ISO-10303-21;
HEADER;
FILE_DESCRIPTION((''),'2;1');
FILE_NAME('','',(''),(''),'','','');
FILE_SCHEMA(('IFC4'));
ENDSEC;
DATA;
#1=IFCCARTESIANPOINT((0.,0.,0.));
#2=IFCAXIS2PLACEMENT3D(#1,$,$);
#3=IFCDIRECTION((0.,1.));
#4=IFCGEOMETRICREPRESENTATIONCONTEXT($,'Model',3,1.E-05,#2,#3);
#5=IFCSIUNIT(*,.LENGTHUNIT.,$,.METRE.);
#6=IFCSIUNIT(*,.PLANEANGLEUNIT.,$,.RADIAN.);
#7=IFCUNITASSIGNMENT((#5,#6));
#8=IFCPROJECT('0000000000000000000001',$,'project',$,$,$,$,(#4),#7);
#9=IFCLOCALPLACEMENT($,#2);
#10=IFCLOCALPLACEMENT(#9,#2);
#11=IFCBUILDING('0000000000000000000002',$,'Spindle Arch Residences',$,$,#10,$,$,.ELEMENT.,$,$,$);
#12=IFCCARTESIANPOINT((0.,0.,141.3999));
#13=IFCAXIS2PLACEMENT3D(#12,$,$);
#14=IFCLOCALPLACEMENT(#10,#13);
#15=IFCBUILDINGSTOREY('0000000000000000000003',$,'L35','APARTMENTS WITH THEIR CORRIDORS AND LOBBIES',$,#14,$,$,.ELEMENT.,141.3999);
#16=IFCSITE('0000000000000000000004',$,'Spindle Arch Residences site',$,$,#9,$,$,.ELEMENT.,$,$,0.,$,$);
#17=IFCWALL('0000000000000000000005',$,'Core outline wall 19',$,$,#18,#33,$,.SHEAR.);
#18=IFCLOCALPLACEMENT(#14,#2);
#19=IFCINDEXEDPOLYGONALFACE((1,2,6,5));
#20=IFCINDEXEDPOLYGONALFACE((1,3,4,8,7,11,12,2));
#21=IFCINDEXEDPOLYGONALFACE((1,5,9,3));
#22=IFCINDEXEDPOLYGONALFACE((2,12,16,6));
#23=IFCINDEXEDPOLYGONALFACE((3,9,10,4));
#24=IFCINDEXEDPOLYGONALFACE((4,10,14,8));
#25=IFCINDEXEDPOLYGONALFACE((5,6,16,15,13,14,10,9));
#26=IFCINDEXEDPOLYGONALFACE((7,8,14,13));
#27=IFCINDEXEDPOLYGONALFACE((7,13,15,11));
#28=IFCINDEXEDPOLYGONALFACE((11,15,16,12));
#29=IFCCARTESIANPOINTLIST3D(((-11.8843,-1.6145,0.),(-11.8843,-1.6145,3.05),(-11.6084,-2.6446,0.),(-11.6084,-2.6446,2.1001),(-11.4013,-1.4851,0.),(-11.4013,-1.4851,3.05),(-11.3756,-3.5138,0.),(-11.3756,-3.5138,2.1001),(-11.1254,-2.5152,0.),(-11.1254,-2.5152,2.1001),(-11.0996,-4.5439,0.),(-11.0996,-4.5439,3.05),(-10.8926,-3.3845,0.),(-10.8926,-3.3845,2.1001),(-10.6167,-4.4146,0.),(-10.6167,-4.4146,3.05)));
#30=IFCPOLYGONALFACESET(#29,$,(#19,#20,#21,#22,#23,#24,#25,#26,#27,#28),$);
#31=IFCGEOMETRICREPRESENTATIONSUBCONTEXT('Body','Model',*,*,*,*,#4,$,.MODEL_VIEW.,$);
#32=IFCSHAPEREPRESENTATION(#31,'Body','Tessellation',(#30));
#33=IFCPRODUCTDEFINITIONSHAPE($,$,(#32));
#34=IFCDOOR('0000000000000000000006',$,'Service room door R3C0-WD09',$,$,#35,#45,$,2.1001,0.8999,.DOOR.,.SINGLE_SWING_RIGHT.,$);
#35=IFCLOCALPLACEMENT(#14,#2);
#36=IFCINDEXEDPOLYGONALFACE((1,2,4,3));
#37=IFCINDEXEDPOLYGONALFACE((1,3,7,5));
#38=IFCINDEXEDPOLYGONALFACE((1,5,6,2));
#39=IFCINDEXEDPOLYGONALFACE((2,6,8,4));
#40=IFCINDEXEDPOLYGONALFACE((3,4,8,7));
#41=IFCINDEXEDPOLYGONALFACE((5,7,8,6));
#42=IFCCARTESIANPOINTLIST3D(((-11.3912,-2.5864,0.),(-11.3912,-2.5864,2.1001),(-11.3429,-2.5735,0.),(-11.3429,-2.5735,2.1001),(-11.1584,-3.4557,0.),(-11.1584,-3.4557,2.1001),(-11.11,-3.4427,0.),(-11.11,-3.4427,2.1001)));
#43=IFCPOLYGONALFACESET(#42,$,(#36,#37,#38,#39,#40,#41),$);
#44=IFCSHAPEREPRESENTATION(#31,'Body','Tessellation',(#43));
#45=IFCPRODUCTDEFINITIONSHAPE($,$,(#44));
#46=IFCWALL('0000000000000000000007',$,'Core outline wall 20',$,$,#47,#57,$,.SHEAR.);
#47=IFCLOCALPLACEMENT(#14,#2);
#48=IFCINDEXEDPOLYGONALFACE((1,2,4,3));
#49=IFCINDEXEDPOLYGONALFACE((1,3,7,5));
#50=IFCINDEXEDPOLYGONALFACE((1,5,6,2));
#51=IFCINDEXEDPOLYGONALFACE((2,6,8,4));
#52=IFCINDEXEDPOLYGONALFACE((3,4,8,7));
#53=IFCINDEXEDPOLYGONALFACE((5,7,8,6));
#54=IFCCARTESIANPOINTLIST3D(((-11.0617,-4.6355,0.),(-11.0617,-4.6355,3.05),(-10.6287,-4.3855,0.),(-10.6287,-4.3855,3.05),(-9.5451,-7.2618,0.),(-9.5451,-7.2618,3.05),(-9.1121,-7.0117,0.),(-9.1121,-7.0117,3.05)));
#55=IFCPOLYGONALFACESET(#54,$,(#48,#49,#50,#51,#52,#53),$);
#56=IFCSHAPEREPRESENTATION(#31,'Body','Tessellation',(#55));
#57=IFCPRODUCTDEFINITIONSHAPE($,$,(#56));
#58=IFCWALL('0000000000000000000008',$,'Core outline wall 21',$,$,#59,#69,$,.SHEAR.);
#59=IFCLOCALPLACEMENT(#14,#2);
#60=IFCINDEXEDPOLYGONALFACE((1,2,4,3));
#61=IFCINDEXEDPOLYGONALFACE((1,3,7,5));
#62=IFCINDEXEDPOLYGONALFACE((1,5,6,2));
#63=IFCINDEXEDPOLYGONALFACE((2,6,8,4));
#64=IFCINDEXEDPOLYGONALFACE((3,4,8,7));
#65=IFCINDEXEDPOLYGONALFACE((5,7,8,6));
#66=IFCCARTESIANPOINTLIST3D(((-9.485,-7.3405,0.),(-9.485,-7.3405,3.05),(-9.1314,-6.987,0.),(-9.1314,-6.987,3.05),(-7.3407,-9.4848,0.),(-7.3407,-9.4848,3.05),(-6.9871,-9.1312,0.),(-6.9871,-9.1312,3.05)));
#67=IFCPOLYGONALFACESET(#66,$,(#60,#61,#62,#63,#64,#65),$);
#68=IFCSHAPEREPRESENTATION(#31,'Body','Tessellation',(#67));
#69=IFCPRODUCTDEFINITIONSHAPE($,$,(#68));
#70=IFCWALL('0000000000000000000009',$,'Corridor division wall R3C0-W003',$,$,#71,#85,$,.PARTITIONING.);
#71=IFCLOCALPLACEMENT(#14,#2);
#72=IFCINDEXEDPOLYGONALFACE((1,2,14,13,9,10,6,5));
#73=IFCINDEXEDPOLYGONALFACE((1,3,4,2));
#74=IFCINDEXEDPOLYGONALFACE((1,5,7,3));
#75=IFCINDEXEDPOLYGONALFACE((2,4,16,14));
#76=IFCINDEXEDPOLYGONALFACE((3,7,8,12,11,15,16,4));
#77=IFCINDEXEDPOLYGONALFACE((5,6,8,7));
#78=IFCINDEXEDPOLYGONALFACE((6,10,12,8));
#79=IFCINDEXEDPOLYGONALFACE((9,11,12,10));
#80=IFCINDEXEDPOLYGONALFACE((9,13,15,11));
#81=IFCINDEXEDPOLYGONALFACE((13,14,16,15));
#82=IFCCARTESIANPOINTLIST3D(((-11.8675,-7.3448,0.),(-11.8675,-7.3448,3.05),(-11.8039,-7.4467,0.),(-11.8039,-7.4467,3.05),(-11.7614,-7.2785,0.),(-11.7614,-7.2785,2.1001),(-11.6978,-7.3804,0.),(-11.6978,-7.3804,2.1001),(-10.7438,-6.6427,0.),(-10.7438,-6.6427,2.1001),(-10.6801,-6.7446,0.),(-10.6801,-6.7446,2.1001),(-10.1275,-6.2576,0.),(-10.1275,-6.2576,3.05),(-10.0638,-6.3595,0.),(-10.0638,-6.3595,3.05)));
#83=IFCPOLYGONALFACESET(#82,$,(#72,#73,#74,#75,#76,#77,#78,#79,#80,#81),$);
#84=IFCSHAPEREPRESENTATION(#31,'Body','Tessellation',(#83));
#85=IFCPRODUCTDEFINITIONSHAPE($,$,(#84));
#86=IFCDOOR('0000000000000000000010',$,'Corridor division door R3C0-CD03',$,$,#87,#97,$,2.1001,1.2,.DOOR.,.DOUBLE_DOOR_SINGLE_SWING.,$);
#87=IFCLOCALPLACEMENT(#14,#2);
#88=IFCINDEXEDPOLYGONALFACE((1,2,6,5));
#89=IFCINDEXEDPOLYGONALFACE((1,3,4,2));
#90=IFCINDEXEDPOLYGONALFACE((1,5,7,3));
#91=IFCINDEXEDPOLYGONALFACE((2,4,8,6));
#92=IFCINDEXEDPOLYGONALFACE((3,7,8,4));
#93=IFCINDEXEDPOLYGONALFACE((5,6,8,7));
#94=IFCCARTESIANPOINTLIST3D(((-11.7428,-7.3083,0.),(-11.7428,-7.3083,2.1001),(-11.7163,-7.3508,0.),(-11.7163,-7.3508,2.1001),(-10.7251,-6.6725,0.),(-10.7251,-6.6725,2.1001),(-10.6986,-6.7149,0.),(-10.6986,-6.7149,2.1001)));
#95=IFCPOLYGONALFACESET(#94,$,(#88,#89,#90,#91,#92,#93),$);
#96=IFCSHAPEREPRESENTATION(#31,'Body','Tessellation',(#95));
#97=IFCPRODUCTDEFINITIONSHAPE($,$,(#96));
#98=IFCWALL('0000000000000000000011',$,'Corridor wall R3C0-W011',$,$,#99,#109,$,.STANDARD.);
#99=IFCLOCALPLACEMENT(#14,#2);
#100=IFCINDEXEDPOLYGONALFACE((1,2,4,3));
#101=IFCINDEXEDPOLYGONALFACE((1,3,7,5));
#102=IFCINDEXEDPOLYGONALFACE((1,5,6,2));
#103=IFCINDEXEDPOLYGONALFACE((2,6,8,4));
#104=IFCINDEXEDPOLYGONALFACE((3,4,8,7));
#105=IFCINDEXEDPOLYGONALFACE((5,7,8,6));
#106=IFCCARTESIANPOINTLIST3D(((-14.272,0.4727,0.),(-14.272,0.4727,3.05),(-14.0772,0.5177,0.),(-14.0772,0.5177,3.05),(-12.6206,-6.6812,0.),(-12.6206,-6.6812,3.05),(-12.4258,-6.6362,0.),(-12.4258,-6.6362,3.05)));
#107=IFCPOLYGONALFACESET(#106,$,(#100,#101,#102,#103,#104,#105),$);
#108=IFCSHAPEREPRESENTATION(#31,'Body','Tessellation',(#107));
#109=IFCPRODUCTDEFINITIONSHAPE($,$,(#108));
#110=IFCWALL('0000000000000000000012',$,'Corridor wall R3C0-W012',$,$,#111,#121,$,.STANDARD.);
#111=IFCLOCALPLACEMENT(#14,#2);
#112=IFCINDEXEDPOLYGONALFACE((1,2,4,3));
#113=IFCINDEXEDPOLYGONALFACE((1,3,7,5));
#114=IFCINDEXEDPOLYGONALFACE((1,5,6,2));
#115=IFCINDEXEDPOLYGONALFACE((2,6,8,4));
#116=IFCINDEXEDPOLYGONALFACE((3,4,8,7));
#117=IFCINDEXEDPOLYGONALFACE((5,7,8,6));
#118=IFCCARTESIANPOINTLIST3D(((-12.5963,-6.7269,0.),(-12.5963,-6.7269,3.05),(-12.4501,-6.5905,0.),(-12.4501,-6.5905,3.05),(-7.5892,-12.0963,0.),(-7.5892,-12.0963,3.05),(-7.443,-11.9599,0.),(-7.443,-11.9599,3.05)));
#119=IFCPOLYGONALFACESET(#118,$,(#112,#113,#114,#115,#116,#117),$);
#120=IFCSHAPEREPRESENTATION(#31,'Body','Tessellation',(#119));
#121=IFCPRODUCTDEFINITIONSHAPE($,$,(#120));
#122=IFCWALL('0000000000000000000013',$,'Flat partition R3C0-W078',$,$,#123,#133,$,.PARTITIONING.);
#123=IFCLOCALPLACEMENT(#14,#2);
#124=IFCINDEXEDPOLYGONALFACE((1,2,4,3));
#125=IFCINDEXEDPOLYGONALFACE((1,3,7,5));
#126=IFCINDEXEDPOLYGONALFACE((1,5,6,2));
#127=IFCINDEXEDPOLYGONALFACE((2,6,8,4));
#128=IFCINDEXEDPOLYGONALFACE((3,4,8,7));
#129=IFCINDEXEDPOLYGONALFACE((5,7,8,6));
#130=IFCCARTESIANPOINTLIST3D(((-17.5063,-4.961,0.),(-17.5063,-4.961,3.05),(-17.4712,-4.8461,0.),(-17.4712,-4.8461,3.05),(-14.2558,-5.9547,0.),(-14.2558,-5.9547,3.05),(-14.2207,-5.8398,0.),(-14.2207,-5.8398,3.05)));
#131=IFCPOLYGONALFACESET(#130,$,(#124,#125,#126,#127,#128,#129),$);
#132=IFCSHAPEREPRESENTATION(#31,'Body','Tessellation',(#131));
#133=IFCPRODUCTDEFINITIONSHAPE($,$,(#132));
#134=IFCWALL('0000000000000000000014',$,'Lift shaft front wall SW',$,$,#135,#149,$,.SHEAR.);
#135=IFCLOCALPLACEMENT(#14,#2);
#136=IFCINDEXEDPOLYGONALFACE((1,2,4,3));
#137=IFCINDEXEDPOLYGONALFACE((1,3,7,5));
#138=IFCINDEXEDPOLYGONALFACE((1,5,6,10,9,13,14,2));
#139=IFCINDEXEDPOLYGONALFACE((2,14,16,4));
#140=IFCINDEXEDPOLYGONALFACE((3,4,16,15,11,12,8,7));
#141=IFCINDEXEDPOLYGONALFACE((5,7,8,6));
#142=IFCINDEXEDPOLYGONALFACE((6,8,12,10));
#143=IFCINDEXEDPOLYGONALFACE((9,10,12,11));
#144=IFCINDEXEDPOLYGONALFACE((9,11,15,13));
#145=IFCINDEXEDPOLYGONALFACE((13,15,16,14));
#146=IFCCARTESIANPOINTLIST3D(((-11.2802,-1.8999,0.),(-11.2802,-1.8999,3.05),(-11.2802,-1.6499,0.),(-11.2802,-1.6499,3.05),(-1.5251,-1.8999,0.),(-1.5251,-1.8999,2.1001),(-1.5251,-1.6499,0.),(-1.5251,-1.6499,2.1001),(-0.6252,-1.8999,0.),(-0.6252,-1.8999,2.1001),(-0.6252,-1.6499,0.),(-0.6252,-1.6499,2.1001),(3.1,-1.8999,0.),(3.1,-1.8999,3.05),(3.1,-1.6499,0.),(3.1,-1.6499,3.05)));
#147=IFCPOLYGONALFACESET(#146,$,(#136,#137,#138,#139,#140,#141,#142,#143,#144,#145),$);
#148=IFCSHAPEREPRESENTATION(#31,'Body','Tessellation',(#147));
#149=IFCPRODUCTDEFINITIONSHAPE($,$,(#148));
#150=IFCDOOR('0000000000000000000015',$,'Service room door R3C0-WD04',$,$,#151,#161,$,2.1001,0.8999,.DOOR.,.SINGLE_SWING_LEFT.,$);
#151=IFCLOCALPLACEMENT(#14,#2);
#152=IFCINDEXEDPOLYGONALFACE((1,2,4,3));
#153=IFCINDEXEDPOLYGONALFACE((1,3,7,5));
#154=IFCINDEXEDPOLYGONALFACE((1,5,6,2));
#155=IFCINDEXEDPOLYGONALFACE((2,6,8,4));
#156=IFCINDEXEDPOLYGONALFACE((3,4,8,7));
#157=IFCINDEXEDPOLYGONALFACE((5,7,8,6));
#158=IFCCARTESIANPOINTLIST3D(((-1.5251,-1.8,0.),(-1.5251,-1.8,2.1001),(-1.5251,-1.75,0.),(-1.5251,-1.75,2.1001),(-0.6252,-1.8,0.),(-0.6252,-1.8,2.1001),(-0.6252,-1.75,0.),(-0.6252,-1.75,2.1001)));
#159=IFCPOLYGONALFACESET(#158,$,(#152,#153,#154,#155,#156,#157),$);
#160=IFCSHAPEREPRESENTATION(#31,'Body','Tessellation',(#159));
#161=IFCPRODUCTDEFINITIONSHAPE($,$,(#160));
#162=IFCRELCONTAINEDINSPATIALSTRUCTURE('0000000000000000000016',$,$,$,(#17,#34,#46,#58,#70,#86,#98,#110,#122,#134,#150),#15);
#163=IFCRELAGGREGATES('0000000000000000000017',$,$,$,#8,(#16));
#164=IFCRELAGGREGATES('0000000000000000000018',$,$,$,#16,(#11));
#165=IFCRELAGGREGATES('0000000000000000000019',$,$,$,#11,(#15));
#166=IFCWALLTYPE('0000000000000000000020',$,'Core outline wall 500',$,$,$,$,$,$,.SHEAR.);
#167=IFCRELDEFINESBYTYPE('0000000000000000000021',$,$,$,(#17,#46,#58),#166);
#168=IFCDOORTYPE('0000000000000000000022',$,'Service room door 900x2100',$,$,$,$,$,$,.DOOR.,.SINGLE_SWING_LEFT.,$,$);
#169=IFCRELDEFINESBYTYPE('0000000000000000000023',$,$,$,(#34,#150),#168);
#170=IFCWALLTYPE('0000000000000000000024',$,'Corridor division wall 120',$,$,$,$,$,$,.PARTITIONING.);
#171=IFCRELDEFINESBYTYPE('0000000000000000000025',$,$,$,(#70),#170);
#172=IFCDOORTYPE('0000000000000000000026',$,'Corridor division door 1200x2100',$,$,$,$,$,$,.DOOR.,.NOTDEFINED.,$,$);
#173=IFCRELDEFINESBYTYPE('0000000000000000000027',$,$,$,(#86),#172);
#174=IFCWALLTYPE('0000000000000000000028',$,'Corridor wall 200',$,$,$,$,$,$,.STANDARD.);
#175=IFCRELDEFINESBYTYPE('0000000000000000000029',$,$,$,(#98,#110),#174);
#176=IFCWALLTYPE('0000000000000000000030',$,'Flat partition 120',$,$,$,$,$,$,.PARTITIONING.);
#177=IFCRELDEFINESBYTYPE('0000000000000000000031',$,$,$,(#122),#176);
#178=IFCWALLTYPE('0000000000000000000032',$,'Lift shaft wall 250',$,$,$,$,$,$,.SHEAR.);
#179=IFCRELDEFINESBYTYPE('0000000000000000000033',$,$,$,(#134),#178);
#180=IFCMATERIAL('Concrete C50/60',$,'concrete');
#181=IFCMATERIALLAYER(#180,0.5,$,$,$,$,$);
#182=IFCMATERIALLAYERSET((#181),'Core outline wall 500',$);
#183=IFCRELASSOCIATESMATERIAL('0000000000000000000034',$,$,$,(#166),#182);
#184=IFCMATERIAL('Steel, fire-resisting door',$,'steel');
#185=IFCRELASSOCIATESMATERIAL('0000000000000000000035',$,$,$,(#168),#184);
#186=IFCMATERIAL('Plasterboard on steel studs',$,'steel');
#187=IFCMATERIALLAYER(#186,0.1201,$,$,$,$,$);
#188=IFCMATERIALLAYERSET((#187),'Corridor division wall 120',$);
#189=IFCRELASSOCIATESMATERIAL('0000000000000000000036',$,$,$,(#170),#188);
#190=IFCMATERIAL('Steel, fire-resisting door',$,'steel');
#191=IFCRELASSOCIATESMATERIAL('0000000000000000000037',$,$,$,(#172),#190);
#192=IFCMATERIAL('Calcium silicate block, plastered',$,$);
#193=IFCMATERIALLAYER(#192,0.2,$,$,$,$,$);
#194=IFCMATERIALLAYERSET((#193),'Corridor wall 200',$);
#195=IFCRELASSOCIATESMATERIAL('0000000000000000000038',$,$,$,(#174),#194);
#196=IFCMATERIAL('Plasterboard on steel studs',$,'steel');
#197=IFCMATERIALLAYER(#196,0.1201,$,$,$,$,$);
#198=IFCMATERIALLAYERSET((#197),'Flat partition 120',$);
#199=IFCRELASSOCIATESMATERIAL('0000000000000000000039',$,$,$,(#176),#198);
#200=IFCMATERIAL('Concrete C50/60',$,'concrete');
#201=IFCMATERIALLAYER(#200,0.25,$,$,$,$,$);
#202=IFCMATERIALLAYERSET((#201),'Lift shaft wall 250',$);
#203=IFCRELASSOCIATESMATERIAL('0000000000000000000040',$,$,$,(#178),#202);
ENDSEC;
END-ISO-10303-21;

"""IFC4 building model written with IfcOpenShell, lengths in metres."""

from ifc_helpers import new_model, si_unit, direction, frame, frame_2d, origin, place, context, subcontext, project, spatial, rectangle, extrude, material, layer, layer_set, type_object, element, fill, save


model = new_model("IFC4")

# Units and contexts
model_context = context("Model", 3, precision=1e-05, world=origin(), true_north=direction((0.0, 1.0)))
body_context = subcontext(model_context, "Body", "Model", "MODEL_VIEW")
ifc_project = project(units=[si_unit("LENGTHUNIT", "METRE"), si_unit("PLANEANGLEUNIT", "RADIAN")], contexts=[model_context])

# Site, building, storey
site_placement = place(None, origin())
site = spatial("IfcSite", under=ifc_project, at=site_placement, Name="Spindle Arch Residences site", CompositionType="ELEMENT", RefElevation=0.0)
building_placement = place(site_placement, origin())
building = spatial("IfcBuilding", under=site, at=building_placement, Name="Spindle Arch Residences", CompositionType="ELEMENT")
storey_placement = place(building_placement, frame((0.0, 0.0, 141.3999)))
storey = spatial("IfcBuildingStorey", under=building, at=storey_placement, Name="L35", Description="APARTMENTS WITH THEIR CORRIDORS AND LOBBIES", CompositionType="ELEMENT", Elevation=141.3999)

# Wall, opening, door
ifc_material_1 = material(Name="Concrete C50/60", Category="concrete")
ifc_layer_1 = layer(ifc_material_1, 0.5)
ifc_layer_set_1 = layer_set([ifc_layer_1], Name="Core outline wall 500")
wall_type_1 = type_object("IfcWallType", Name="Core outline wall 500", PredefinedType="SHEAR", material=ifc_layer_set_1)
wall_1_placement = place(storey_placement, frame((-11.6428, -1.5498, 0.0), z_axis=(0.0, 0.0, 1.0), x_axis=(0.258735, -0.965948, 0.0)))
wall_1 = element("IfcWall", 1, at=wall_1_placement, inside=storey, type_object=wall_type_1, Name="Core outline wall 19", PredefinedType="SHEAR", context=body_context, shape_type="SweptSolid", body=[
    extrude(rectangle(XDim=3.0327, YDim=0.5, at=frame_2d((1.5164, 0.0))), origin(), (0.0, 0.0, 1.0), 3.05),
])
opening_1_placement = place(wall_1_placement, frame((1.0664, 0.0, 0.0)))
opening_1 = element("IfcOpeningElement", 2, at=opening_1_placement, cuts=wall_1, PredefinedType="OPENING", context=body_context, shape_type="SweptSolid", body=[
    extrude(rectangle(XDim=0.8999, YDim=2.1001, at=frame_2d((0.45, 1.05))), frame((0.0, 0.26, 0.0), z_axis=(0.0, -1.0, 0.0), x_axis=(1.0, 0.0, 0.0)), (0.0, 0.0, 1.0), 0.52),
])
ifc_material_2 = material(Name="Steel, fire-resisting door", Category="steel")
door_type_1 = type_object("IfcDoorType", Name="Service room door 900x2100", OperationType="SINGLE_SWING_LEFT", PredefinedType="DOOR", material=ifc_material_2)
door_1_placement = place(opening_1_placement, origin())
door_1 = element("IfcDoor", 3, at=door_1_placement, inside=storey, type_object=door_type_1, Name="Service room door R3C0-WD09", OperationType="SINGLE_SWING_RIGHT", OverallHeight=2.1001, OverallWidth=0.8999, PredefinedType="DOOR", context=body_context, shape_type="SweptSolid", body=[
    extrude(rectangle(XDim=0.8999, YDim=2.1001, at=frame_2d((0.45, 1.05))), frame((0.0, 0.0249, 0.0), z_axis=(0.0, -1.0, 0.0), x_axis=(1.0, 0.0, 0.0)), (0.0, 0.0, 1.0), 0.05),
])
fill(opening_1, door_1)

# Walls
wall_2_placement = place(storey_placement, frame((-10.8452, -4.5105, 0.0), z_axis=(0.0, 0.0, 1.0), x_axis=(0.500087, -0.865975, 0.0)))
element("IfcWall", 4, at=wall_2_placement, inside=storey, type_object=wall_type_1, Name="Core outline wall 20", PredefinedType="SHEAR", context=body_context, shape_type="SweptSolid", body=[
    extrude(rectangle(XDim=3.0327, YDim=0.5, at=frame_2d((1.5164, 0.0))), origin(), (0.0, 0.0, 1.0), 3.05),
])
wall_3_placement = place(storey_placement, frame((-9.3081, -7.1638, 0.0), z_axis=(0.0, 0.0, 1.0), x_axis=(0.707107, -0.707107, 0.0)))
element("IfcWall", 5, at=wall_3_placement, inside=storey, type_object=wall_type_1, Name="Core outline wall 21", PredefinedType="SHEAR", context=body_context, shape_type="SweptSolid", body=[
    extrude(rectangle(XDim=3.0325, YDim=0.5, at=frame_2d((1.5161, 0.0))), origin(), (0.0, 0.0, 1.0), 3.05),
])

# Wall, opening, door
ifc_material_3 = material(Name="Plasterboard on steel studs", Category="steel")
ifc_layer_2 = layer(ifc_material_3, 0.1201)
ifc_layer_set_2 = layer_set([ifc_layer_2], Name="Corridor division wall 120")
wall_type_2 = type_object("IfcWallType", Name="Corridor division wall 120", PredefinedType="PARTITIONING", material=ifc_layer_set_2)
wall_4_placement = place(storey_placement, frame((-11.8357, -7.3958, 0.0), z_axis=(0.0, 0.0, 1.0), x_axis=(0.848072, 0.529881, 0.0)))
wall_4 = element("IfcWall", 6, at=wall_4_placement, inside=storey, type_object=wall_type_2, Name="Corridor division wall R3C0-W003", PredefinedType="PARTITIONING", context=body_context, shape_type="SweptSolid", body=[
    extrude(rectangle(XDim=2.0518, YDim=0.1201, at=frame_2d((1.0259, 0.0))), origin(), (0.0, 0.0, 1.0), 3.05),
])
opening_2_placement = place(wall_4_placement, frame((0.125, 0.0, 0.0)))
opening_2 = element("IfcOpeningElement", 7, at=opening_2_placement, cuts=wall_4, PredefinedType="OPENING", context=body_context, shape_type="SweptSolid", body=[
    extrude(rectangle(XDim=1.2, YDim=2.1001, at=frame_2d((0.6001, 1.05))), frame((0.0, 0.0701, 0.0), z_axis=(0.0, -1.0, 0.0), x_axis=(1.0, 0.0, 0.0)), (0.0, 0.0, 1.0), 0.1401),
])
ifc_material_4 = material(Name="Steel, fire-resisting door", Category="steel")
door_type_2 = type_object("IfcDoorType", Name="Corridor division door 1200x2100", OperationType="NOTDEFINED", PredefinedType="DOOR", material=ifc_material_4)
door_2_placement = place(opening_2_placement, origin())
door_2 = element("IfcDoor", 8, at=door_2_placement, inside=storey, type_object=door_type_2, Name="Corridor division door R3C0-CD03", OperationType="DOUBLE_DOOR_SINGLE_SWING", OverallHeight=2.1001, OverallWidth=1.2, PredefinedType="DOOR", context=body_context, shape_type="SweptSolid", body=[
    extrude(rectangle(XDim=1.2, YDim=2.1001, at=frame_2d((0.6001, 1.05))), frame((0.0, 0.0249, 0.0), z_axis=(0.0, -1.0, 0.0), x_axis=(1.0, 0.0, 0.0)), (0.0, 0.0, 1.0), 0.05),
])
fill(opening_2, door_2)

# Walls
ifc_material_5 = material(Name="Calcium silicate block, plastered")
ifc_layer_3 = layer(ifc_material_5, 0.2)
ifc_layer_set_3 = layer_set([ifc_layer_3], Name="Corridor wall 200")
wall_type_3 = type_object("IfcWallType", Name="Corridor wall 200", PredefinedType="STANDARD", material=ifc_layer_set_3)
wall_5_placement = place(storey_placement, frame((-14.1746, 0.4951, 0.0), z_axis=(0.0, 0.0, 1.0), x_axis=(0.224923, -0.974377, 0.0)))
element("IfcWall", 9, at=wall_5_placement, inside=storey, type_object=wall_type_3, Name="Corridor wall R3C0-W011", PredefinedType="STANDARD", context=body_context, shape_type="SweptSolid", body=[
    extrude(rectangle(XDim=7.342, YDim=0.2, at=frame_2d((3.6709, 0.0))), origin(), (0.0, 0.0, 1.0), 3.05),
])
wall_6_placement = place(storey_placement, frame((-12.5232, -6.6587, 0.0), z_axis=(0.0, 0.0, 1.0), x_axis=(0.682002, -0.73135, 0.0)))
element("IfcWall", 10, at=wall_6_placement, inside=storey, type_object=wall_type_3, Name="Corridor wall R3C0-W012", PredefinedType="STANDARD", context=body_context, shape_type="SweptSolid", body=[
    extrude(rectangle(XDim=7.3418, YDim=0.2, at=frame_2d((3.6709, 0.0))), origin(), (0.0, 0.0, 1.0), 3.05),
])
ifc_material_6 = material(Name="Plasterboard on steel studs", Category="steel")
ifc_layer_4 = layer(ifc_material_6, 0.1201)
ifc_layer_set_4 = layer_set([ifc_layer_4], Name="Flat partition 120")
wall_type_4 = type_object("IfcWallType", Name="Flat partition 120", PredefinedType="PARTITIONING", material=ifc_layer_set_4)
wall_7_placement = place(storey_placement, frame((-14.2383, -5.8972, 0.0), z_axis=(0.0, 0.0, 1.0), x_axis=(-0.956315, 0.292339, 0.0)))
element("IfcWall", 11, at=wall_7_placement, inside=storey, type_object=wall_type_4, Name="Flat partition R3C0-W078", PredefinedType="PARTITIONING", context=body_context, shape_type="SweptSolid", body=[
    extrude(rectangle(XDim=3.3989, YDim=0.1201, at=frame_2d((1.6995, 0.0))), origin(), (0.0, 0.0, 1.0), 3.05),
])

# Wall, opening, door
ifc_material_7 = material(Name="Concrete C50/60", Category="concrete")
ifc_layer_5 = layer(ifc_material_7, 0.25)
ifc_layer_set_5 = layer_set([ifc_layer_5], Name="Lift shaft wall 250")
wall_type_5 = type_object("IfcWallType", Name="Lift shaft wall 250", PredefinedType="SHEAR", material=ifc_layer_set_5)
wall_8_placement = place(storey_placement, frame((-11.28, -1.7749, 0.0), z_axis=(0.0, 0.0, 1.0), x_axis=(1.0, 0.0, 0.0)))
wall_8 = element("IfcWall", 12, at=wall_8_placement, inside=storey, type_object=wall_type_5, Name="Lift shaft front wall SW", PredefinedType="SHEAR", context=body_context, shape_type="SweptSolid", body=[
    extrude(rectangle(XDim=14.3801, YDim=0.25, at=frame_2d((7.1899, 0.0))), origin(), (0.0, 0.0, 1.0), 3.05),
])
opening_3_placement = place(wall_8_placement, frame((9.7549, 0.0, 0.0)))
opening_3 = element("IfcOpeningElement", 13, at=opening_3_placement, cuts=wall_8, PredefinedType="OPENING", context=body_context, shape_type="SweptSolid", body=[
    extrude(rectangle(XDim=0.8999, YDim=2.1001, at=frame_2d((0.45, 1.05))), frame((0.0, 0.135, 0.0), z_axis=(0.0, -1.0, 0.0), x_axis=(1.0, 0.0, 0.0)), (0.0, 0.0, 1.0), 0.27),
])
door_3_placement = place(opening_3_placement, origin())
door_3 = element("IfcDoor", 14, at=door_3_placement, inside=storey, type_object=door_type_1, Name="Service room door R3C0-WD04", OperationType="SINGLE_SWING_LEFT", OverallHeight=2.1001, OverallWidth=0.8999, PredefinedType="DOOR", context=body_context, shape_type="SweptSolid", body=[
    extrude(rectangle(XDim=0.8999, YDim=2.1001, at=frame_2d((0.45, 1.05))), frame((0.0, 0.0249, 0.0), z_axis=(0.0, -1.0, 0.0), x_axis=(1.0, 0.0, 0.0)), (0.0, 0.0, 1.0), 0.05),
])
fill(opening_3, door_3)

save(model, "model.ifc")
